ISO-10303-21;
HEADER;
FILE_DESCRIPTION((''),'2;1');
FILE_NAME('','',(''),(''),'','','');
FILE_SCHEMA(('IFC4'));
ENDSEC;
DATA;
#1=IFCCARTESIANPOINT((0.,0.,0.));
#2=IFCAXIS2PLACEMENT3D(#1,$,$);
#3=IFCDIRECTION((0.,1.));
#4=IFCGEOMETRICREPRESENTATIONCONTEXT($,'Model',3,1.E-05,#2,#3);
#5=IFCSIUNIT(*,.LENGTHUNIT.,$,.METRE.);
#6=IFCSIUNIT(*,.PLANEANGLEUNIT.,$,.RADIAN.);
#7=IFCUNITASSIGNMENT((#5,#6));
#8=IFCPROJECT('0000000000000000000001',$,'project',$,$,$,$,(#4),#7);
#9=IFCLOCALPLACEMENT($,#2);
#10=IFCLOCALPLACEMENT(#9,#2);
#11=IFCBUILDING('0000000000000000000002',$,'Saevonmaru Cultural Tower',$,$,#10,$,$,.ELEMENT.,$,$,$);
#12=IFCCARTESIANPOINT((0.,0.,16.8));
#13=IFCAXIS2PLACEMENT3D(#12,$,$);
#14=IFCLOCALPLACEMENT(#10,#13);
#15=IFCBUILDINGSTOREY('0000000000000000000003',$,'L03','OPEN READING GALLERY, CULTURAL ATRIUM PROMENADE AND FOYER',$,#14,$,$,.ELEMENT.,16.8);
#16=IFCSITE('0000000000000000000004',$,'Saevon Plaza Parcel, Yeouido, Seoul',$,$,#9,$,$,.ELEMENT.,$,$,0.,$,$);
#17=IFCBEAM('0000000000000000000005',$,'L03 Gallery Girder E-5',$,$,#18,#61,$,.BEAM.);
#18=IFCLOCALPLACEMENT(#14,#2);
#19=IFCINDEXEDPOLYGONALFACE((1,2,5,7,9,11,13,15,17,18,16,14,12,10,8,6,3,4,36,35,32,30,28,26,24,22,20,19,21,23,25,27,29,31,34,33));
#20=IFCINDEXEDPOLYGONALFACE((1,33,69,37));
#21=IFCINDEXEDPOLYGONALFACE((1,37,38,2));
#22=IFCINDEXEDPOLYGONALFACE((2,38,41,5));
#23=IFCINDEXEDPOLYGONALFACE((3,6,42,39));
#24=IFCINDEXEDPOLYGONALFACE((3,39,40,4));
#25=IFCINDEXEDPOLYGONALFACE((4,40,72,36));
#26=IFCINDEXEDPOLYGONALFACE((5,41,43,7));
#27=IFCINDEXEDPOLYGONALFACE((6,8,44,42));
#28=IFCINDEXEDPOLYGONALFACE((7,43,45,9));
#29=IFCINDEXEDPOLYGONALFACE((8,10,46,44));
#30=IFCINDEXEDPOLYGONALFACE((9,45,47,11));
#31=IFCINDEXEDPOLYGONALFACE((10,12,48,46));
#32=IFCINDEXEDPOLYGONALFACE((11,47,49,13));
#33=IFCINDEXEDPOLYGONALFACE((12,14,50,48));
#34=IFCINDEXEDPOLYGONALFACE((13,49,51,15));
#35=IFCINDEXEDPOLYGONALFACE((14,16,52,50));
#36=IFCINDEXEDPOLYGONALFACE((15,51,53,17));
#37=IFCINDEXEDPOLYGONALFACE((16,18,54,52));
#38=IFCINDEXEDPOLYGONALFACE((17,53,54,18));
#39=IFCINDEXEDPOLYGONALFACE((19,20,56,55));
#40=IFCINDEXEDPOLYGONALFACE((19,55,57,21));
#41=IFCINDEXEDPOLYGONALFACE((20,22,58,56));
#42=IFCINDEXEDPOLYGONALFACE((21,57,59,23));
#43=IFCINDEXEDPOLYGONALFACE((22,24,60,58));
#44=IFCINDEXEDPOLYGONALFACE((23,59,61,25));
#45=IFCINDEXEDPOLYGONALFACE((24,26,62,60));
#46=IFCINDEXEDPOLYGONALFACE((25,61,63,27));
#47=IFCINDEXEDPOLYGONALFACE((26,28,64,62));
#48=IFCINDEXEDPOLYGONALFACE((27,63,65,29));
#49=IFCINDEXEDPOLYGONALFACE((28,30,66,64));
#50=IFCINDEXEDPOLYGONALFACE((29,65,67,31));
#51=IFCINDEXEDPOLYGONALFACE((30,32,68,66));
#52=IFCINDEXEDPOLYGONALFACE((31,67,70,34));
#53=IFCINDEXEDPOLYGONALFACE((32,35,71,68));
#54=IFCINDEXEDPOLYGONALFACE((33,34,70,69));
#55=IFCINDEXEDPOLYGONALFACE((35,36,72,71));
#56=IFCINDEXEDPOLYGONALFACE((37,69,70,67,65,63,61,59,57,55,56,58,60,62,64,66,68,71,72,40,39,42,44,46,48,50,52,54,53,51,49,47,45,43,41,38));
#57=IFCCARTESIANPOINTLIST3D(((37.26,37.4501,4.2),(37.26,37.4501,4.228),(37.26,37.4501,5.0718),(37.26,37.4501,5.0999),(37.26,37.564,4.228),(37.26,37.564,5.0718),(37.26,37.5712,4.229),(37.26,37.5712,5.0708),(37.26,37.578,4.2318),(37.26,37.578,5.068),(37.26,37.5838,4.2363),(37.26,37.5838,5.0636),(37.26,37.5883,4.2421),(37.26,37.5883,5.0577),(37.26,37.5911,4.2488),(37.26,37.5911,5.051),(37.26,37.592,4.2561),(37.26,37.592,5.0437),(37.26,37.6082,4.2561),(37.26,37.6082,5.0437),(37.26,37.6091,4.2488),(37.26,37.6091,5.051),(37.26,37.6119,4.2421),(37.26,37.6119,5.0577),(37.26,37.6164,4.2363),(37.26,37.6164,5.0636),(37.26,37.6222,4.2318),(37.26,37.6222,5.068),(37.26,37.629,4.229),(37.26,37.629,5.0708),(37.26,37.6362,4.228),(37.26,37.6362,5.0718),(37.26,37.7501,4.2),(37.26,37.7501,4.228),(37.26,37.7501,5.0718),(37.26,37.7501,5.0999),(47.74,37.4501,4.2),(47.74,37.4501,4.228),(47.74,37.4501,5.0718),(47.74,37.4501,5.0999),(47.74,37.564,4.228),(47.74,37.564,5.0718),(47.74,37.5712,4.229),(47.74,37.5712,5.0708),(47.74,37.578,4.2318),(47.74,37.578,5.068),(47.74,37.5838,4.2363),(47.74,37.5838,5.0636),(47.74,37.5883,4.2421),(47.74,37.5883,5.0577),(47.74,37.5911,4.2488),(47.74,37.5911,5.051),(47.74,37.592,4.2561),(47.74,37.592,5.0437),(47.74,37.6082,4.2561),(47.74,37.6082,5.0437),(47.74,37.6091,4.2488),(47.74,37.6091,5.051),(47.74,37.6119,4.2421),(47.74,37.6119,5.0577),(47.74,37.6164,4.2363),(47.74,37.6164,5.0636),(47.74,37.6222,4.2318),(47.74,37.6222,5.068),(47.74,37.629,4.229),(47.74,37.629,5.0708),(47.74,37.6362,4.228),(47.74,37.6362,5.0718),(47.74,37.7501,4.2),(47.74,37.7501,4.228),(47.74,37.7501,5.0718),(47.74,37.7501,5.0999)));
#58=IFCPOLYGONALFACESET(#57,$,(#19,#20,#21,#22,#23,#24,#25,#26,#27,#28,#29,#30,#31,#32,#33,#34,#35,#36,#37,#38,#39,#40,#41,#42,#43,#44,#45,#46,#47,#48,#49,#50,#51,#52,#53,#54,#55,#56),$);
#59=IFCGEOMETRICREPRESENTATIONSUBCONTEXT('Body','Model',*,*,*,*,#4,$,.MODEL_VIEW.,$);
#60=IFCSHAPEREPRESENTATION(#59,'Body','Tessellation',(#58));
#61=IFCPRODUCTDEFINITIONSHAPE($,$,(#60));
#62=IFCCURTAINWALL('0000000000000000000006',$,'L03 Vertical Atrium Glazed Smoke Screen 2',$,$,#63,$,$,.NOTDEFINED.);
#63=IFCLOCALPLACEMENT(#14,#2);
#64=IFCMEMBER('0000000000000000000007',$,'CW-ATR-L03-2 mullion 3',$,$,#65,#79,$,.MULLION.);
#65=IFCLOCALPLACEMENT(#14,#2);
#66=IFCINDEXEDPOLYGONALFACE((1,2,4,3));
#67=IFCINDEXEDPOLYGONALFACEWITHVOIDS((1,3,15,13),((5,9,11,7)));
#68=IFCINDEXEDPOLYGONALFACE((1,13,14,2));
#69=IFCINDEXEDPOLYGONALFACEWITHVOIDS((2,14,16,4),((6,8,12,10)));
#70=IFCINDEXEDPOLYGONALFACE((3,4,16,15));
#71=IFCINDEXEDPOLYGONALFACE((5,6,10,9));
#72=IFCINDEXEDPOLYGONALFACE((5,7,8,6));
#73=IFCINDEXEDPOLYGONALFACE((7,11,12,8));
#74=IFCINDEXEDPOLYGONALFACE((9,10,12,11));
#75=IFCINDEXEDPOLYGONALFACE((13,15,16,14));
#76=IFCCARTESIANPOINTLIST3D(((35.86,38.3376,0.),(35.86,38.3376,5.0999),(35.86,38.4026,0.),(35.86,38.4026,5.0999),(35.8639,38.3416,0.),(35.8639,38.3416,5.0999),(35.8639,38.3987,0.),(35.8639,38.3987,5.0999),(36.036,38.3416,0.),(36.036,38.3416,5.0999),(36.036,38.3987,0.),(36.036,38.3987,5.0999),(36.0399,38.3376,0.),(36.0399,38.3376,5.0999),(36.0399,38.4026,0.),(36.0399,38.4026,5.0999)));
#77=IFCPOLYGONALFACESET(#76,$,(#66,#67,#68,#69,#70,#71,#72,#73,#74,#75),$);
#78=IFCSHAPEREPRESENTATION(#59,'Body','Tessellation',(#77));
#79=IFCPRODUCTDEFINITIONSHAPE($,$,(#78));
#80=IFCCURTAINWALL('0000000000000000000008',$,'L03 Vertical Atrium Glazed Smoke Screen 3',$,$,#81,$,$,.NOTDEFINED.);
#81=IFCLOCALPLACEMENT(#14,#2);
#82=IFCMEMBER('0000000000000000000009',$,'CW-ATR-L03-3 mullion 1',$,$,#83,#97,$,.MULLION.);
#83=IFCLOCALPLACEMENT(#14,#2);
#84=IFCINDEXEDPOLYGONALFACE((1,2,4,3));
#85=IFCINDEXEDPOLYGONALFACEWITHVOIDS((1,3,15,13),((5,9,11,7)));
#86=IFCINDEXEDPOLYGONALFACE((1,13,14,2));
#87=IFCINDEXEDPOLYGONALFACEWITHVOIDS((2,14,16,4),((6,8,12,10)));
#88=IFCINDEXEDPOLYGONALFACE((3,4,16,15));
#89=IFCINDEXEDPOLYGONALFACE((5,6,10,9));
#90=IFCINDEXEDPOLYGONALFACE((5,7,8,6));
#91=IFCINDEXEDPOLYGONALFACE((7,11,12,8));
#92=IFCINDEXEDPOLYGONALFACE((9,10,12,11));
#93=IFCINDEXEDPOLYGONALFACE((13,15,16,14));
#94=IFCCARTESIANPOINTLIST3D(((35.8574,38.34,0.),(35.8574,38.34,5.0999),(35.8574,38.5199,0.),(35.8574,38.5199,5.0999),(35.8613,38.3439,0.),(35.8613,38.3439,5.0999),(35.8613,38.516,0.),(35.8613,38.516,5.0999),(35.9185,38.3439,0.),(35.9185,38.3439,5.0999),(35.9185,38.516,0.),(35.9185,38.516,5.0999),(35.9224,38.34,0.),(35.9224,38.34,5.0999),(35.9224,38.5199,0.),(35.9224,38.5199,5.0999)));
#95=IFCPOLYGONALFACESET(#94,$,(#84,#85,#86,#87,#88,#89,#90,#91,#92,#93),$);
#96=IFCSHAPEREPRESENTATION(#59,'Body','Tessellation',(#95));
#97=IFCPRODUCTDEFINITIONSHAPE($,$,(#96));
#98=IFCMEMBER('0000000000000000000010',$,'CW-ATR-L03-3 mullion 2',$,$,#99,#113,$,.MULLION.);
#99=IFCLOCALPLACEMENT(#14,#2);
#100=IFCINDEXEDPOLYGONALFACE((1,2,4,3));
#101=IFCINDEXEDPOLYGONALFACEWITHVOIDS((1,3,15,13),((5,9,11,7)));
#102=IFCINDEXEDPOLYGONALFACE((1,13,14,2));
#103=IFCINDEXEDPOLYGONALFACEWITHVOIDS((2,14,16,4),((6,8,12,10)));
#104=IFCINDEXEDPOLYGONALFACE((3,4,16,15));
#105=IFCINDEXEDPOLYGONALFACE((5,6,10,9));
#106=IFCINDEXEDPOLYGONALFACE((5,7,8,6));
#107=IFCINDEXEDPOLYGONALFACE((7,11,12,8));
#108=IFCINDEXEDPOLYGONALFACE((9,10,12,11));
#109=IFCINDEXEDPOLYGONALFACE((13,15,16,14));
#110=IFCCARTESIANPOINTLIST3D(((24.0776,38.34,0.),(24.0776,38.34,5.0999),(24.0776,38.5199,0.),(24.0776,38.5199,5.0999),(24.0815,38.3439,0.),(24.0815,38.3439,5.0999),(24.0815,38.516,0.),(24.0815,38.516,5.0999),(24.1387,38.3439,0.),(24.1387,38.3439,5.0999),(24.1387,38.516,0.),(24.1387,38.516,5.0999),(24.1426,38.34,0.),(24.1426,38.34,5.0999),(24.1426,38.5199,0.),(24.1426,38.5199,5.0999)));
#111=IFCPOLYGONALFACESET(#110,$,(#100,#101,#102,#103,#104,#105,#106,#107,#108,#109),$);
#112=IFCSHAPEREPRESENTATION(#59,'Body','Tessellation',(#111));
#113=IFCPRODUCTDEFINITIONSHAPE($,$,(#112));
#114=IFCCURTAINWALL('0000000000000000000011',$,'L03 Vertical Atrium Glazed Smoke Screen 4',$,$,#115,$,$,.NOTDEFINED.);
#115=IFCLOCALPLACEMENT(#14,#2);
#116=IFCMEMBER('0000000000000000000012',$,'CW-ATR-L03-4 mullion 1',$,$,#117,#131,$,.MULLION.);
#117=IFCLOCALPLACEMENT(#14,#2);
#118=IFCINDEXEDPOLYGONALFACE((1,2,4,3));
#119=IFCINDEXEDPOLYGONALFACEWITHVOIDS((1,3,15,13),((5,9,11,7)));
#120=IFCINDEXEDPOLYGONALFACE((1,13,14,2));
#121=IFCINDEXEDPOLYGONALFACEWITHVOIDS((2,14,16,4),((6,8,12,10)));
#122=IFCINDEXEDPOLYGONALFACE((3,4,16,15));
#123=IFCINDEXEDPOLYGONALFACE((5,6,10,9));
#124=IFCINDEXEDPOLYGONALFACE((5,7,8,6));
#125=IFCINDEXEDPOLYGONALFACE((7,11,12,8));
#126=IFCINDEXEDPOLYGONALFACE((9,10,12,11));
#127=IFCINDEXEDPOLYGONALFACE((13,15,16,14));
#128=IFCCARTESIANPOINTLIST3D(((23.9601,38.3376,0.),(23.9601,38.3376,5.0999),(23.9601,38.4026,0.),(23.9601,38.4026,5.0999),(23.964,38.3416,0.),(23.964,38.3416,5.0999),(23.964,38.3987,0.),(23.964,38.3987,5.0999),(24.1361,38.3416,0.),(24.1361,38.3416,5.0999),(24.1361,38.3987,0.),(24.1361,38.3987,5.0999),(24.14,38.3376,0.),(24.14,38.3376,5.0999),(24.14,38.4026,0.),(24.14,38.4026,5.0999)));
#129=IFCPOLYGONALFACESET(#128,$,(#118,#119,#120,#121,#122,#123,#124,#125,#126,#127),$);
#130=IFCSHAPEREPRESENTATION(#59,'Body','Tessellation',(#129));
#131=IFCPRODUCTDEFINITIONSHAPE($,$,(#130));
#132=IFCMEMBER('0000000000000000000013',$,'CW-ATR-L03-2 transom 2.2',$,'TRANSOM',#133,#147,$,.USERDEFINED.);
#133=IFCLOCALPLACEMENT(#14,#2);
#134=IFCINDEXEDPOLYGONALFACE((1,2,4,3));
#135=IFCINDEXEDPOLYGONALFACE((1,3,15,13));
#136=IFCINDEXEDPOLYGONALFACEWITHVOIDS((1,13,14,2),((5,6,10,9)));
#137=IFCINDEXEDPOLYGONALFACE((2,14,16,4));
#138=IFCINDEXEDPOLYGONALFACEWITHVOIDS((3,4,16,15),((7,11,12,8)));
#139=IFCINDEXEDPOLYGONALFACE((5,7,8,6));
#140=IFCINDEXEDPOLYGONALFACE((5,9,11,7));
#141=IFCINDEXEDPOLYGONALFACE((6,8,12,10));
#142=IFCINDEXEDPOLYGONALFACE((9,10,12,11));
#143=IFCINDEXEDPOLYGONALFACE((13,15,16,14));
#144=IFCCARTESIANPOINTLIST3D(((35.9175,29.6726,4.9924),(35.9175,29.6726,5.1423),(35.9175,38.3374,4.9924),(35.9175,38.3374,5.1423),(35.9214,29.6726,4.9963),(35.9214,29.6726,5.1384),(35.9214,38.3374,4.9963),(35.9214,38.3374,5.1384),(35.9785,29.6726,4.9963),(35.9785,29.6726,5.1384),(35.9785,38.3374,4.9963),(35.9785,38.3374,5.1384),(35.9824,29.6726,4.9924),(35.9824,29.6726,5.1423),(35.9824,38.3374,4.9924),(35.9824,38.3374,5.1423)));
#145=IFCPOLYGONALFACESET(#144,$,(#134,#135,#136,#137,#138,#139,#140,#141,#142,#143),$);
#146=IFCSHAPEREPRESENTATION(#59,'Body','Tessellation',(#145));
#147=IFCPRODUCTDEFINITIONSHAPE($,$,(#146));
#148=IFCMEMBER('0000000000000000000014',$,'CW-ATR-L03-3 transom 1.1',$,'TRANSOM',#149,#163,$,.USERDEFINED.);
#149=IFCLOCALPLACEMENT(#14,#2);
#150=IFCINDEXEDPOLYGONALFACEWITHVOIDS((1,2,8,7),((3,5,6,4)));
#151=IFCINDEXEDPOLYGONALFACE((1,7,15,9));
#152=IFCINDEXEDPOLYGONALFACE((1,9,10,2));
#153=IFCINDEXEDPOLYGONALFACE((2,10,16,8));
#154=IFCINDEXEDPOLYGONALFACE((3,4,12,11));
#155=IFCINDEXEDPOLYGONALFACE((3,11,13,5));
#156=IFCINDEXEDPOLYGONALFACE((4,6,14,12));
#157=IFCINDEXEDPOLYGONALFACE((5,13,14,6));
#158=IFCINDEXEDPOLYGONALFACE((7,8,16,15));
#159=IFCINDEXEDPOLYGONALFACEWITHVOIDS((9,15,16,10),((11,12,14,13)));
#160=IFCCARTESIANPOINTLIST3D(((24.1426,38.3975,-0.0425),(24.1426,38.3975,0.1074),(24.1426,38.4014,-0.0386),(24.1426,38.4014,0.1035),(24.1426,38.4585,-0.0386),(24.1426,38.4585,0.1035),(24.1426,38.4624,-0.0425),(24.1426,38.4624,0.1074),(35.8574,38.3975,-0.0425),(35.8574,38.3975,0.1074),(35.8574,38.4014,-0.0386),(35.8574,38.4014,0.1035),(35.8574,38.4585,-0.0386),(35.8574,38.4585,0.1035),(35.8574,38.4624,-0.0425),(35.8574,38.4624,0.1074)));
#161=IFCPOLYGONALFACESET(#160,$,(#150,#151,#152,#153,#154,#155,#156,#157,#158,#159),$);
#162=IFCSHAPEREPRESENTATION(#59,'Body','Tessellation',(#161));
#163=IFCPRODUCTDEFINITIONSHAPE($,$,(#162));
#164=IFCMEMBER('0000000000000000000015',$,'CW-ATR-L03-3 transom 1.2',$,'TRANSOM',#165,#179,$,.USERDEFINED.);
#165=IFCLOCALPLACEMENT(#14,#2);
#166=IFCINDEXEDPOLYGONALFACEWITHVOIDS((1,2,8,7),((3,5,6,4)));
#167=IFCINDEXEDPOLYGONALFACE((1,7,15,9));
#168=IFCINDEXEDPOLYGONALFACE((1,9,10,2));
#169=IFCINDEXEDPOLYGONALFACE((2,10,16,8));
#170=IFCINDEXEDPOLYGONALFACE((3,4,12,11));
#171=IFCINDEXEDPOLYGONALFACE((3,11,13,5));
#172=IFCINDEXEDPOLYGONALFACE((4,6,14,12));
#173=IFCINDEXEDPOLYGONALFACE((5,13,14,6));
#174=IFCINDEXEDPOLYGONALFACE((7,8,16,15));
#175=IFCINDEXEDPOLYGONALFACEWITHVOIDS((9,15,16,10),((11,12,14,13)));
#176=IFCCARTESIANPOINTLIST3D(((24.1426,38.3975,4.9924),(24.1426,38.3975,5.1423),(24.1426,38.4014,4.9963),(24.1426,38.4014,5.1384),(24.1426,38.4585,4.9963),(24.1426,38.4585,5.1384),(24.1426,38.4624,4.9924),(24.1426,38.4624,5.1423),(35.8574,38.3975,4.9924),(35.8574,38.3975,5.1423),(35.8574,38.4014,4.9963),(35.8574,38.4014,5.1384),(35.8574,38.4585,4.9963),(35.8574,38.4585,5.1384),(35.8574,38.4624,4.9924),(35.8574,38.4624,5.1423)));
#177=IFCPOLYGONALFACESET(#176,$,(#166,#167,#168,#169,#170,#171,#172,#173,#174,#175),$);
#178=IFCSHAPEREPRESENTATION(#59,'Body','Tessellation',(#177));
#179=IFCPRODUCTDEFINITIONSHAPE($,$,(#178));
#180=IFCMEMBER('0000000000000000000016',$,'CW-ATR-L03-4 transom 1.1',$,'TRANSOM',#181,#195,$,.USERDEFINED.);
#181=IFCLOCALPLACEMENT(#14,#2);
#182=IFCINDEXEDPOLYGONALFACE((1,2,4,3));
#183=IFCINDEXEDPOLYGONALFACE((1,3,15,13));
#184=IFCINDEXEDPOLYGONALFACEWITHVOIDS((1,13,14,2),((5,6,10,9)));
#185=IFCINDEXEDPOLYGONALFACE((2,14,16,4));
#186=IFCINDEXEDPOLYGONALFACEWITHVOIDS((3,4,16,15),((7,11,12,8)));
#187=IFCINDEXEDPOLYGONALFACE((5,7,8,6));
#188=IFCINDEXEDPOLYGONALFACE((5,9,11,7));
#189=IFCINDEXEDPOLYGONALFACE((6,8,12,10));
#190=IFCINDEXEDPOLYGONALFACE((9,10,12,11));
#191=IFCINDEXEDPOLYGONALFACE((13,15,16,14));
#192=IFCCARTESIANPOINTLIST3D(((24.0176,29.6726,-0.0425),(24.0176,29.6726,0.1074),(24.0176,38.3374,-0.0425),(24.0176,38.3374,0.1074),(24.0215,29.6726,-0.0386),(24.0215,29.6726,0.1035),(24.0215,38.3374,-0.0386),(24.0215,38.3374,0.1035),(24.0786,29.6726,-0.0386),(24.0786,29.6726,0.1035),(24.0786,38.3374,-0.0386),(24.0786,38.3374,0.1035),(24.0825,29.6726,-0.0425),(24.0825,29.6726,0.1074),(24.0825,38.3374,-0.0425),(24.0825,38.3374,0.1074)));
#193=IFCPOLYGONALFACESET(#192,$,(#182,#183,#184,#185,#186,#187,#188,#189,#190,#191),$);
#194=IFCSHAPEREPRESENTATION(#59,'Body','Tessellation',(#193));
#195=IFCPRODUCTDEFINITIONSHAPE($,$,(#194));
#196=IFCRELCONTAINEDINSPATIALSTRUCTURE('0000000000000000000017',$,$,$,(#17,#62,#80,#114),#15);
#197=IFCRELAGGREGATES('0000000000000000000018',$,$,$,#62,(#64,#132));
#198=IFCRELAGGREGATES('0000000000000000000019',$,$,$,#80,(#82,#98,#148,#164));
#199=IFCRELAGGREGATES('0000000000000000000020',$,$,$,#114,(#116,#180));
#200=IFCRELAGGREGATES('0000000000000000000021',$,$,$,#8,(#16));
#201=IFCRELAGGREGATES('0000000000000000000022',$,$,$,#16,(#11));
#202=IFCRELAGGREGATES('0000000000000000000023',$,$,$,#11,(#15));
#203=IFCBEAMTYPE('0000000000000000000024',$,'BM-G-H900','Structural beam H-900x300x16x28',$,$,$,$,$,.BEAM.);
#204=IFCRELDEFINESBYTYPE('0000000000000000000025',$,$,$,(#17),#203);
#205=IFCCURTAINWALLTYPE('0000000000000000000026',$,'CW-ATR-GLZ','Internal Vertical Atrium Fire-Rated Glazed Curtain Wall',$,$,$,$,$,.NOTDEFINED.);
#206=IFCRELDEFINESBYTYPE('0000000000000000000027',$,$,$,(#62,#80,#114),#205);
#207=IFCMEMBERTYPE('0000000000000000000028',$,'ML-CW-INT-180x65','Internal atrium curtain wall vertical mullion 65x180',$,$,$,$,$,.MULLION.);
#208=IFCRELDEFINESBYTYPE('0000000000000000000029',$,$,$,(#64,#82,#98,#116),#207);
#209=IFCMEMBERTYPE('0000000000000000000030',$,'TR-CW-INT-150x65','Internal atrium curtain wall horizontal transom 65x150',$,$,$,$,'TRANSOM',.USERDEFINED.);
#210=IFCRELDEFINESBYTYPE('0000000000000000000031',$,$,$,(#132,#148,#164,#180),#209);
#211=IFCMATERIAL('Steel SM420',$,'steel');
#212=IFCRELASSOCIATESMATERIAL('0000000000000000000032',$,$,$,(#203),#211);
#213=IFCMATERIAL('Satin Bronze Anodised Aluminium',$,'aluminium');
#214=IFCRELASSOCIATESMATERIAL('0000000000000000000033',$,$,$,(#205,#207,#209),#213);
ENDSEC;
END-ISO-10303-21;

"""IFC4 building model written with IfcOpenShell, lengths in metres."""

from ifc_helpers import new_model, si_unit, direction, frame, origin, origin_2d, place, context, subcontext, project, spatial, hollow_rectangle, i_section, extrude, material, material_profile, profile_set, type_object, element, aggregate, save


model = new_model("IFC4")

# Units and contexts
model_context = context("Model", 3, precision=1e-05, world=origin(), true_north=direction((0.0, 1.0)))
body_context = subcontext(model_context, "Body", "Model", "MODEL_VIEW")
ifc_project = project(units=[si_unit("LENGTHUNIT", "METRE"), si_unit("PLANEANGLEUNIT", "RADIAN")], contexts=[model_context])

# Site, building, storey
site_placement = place(None, origin())
site = spatial("IfcSite", under=ifc_project, at=site_placement, Name="Saevon Plaza Parcel, Yeouido, Seoul", CompositionType="ELEMENT", RefElevation=0.0)
building_placement = place(site_placement, origin())
building = spatial("IfcBuilding", under=site, at=building_placement, Name="Saevonmaru Cultural Tower", CompositionType="ELEMENT")
storey_placement = place(building_placement, frame((0.0, 0.0, 16.8)))
storey = spatial("IfcBuildingStorey", under=building, at=storey_placement, Name="L03", Description="OPEN READING GALLERY, CULTURAL ATRIUM PROMENADE AND FOYER", CompositionType="ELEMENT", Elevation=16.8)

# Shared definitions
ifc_material_1 = material(Name="Steel SM420", Category="steel")

# Beam
ifc_material_profile_1 = material_profile(ifc_material_1, i_section(OverallWidth=0.3, OverallDepth=0.8999, WebThickness=0.0161, FlangeThickness=0.0281, FilletRadius=0.0281, at=origin_2d()), Name="H-900x300x16x28")
ifc_profile_set_1 = profile_set([ifc_material_profile_1], Name="Steel SM420")
beam_type_1 = type_object("IfcBeamType", Name="BM-G-H900", Description="Structural beam H-900x300x16x28", PredefinedType="BEAM", material=ifc_profile_set_1)
for number, where, z_axis, x_axis, name in (
    (1, (37.26, 37.6001, 4.6499), (1.0, 0.0, 0.0), (0.0, 1.0, 0.0), "L03 Gallery Girder E-5"),
):
    element("IfcBeam", number, at=place(storey_placement, frame(where, z_axis=z_axis, x_axis=x_axis)), inside=storey, type_object=beam_type_1, Name=name, PredefinedType="BEAM", context=body_context, shape_type="SweptSolid", body=[
        extrude(i_section(OverallWidth=0.3, OverallDepth=0.8999, WebThickness=0.0161, FlangeThickness=0.0281, FilletRadius=0.0281, at=origin_2d()), origin(), (0.0, 0.0, 1.0), 10.48),
    ])

# Curtain wall, member
ifc_material_2 = material(Name="Satin Bronze Anodised Aluminium", Category="aluminium")
curtain_wall_type = type_object("IfcCurtainWallType", Name="CW-ATR-GLZ", Description="Internal Vertical Atrium Fire-Rated Glazed Curtain Wall", PredefinedType="NOTDEFINED", material=ifc_material_2)
curtain_wall_1_placement = place(storey_placement, origin())
curtain_wall_1 = element("IfcCurtainWall", 2, at=curtain_wall_1_placement, inside=storey, type_object=curtain_wall_type, Name="L03 Vertical Atrium Glazed Smoke Screen 2", PredefinedType="NOTDEFINED")
ifc_material_profile_2 = material_profile(ifc_material_2, hollow_rectangle(XDim=0.0649, YDim=0.1799, WallThickness=0.0039, at=origin_2d()), Name="ALU-MULL-180x65x4")
ifc_profile_set_2 = profile_set([ifc_material_profile_2], Name="Satin Bronze Anodised Aluminium")
member_type_1 = type_object("IfcMemberType", Name="ML-CW-INT-180x65", Description="Internal atrium curtain wall vertical mullion 65x180", PredefinedType="MULLION", material=ifc_profile_set_2)
member_1_placement = place(storey_placement, frame((35.95, 38.3701, 0.0), z_axis=(0.0, 0.0, 1.0), x_axis=(0.0, 1.0, 0.0)))
member_1 = element("IfcMember", 3, at=member_1_placement, type_object=member_type_1, Name="CW-ATR-L03-2 mullion 3", PredefinedType="MULLION", context=body_context, shape_type="SweptSolid", body=[
    extrude(hollow_rectangle(XDim=0.0649, YDim=0.1799, WallThickness=0.0039, at=origin_2d()), origin(), (0.0, 0.0, 1.0), 5.0999),
])

# Curtain wall, members
curtain_wall_2_placement = place(storey_placement, origin())
curtain_wall_2 = element("IfcCurtainWall", 4, at=curtain_wall_2_placement, inside=storey, type_object=curtain_wall_type, Name="L03 Vertical Atrium Glazed Smoke Screen 3", PredefinedType="NOTDEFINED")
member_2_placement = place(storey_placement, frame((35.8899, 38.4299, 0.0), z_axis=(0.0, 0.0, 1.0), x_axis=(-1.0, 0.0, 0.0)))
member_2 = element("IfcMember", 5, at=member_2_placement, type_object=member_type_1, Name="CW-ATR-L03-3 mullion 1", PredefinedType="MULLION", context=body_context, shape_type="SweptSolid", body=[
    extrude(hollow_rectangle(XDim=0.0649, YDim=0.1799, WallThickness=0.0039, at=origin_2d()), origin(), (0.0, 0.0, 1.0), 5.0999),
])
member_3_placement = place(storey_placement, frame((24.1101, 38.4299, 0.0), z_axis=(0.0, 0.0, 1.0), x_axis=(-1.0, 0.0, 0.0)))
member_3 = element("IfcMember", 6, at=member_3_placement, type_object=member_type_1, Name="CW-ATR-L03-3 mullion 2", PredefinedType="MULLION", context=body_context, shape_type="SweptSolid", body=[
    extrude(hollow_rectangle(XDim=0.0649, YDim=0.1799, WallThickness=0.0039, at=origin_2d()), origin(), (0.0, 0.0, 1.0), 5.0999),
])

# Curtain wall, member
curtain_wall_3_placement = place(storey_placement, origin())
curtain_wall_3 = element("IfcCurtainWall", 7, at=curtain_wall_3_placement, inside=storey, type_object=curtain_wall_type, Name="L03 Vertical Atrium Glazed Smoke Screen 4", PredefinedType="NOTDEFINED")
member_4_placement = place(storey_placement, frame((24.05, 38.3701, 0.0), z_axis=(0.0, 0.0, 1.0), x_axis=(0.0, -1.0, 0.0)))
member_4 = element("IfcMember", 8, at=member_4_placement, type_object=member_type_1, Name="CW-ATR-L03-4 mullion 1", PredefinedType="MULLION", context=body_context, shape_type="SweptSolid", body=[
    extrude(hollow_rectangle(XDim=0.0649, YDim=0.1799, WallThickness=0.0039, at=origin_2d()), origin(), (0.0, 0.0, 1.0), 5.0999),
])

# Members
ifc_material_profile_3 = material_profile(ifc_material_2, hollow_rectangle(XDim=0.0649, YDim=0.1499, WallThickness=0.0039, at=origin_2d()), Name="ALU-TRAN-150x65x4")
ifc_profile_set_3 = profile_set([ifc_material_profile_3], Name="Satin Bronze Anodised Aluminium")
member_type_2 = type_object("IfcMemberType", Name="TR-CW-INT-150x65", Description="Internal atrium curtain wall horizontal transom 65x150", ElementType="TRANSOM", PredefinedType="USERDEFINED", material=ifc_profile_set_3)
member_5_placement = place(storey_placement, frame((35.95, 29.6726, 5.0674), z_axis=(0.0, 1.0, 0.0), x_axis=(-1.0, 0.0, 0.0)))
member_5 = element("IfcMember", 9, at=member_5_placement, type_object=member_type_2, Name="CW-ATR-L03-2 transom 2.2", ObjectType="TRANSOM", PredefinedType="USERDEFINED", context=body_context, shape_type="SweptSolid", body=[
    extrude(hollow_rectangle(XDim=0.0649, YDim=0.1499, WallThickness=0.0039, at=origin_2d()), origin(), (0.0, 0.0, 1.0), 8.6648),
])
member_6_placement = place(storey_placement, frame((35.8574, 38.4299, 0.0325), z_axis=(-1.0, 0.0, 0.0), x_axis=(0.0, -1.0, 0.0)))
member_6 = element("IfcMember", 10, at=member_6_placement, type_object=member_type_2, Name="CW-ATR-L03-3 transom 1.1", ObjectType="TRANSOM", PredefinedType="USERDEFINED", context=body_context, shape_type="SweptSolid", body=[
    extrude(hollow_rectangle(XDim=0.0649, YDim=0.1499, WallThickness=0.0039, at=origin_2d()), origin(), (0.0, 0.0, 1.0), 11.7148),
])
member_7_placement = place(storey_placement, frame((35.8574, 38.4299, 5.0674), z_axis=(-1.0, 0.0, 0.0), x_axis=(0.0, -1.0, 0.0)))
member_7 = element("IfcMember", 11, at=member_7_placement, type_object=member_type_2, Name="CW-ATR-L03-3 transom 1.2", ObjectType="TRANSOM", PredefinedType="USERDEFINED", context=body_context, shape_type="SweptSolid", body=[
    extrude(hollow_rectangle(XDim=0.0649, YDim=0.1499, WallThickness=0.0039, at=origin_2d()), origin(), (0.0, 0.0, 1.0), 11.7148),
])
member_8_placement = place(storey_placement, frame((24.05, 38.3374, 0.0325), z_axis=(0.0, -1.0, 0.0), x_axis=(1.0, 0.0, 0.0)))
member_8 = element("IfcMember", 12, at=member_8_placement, type_object=member_type_2, Name="CW-ATR-L03-4 transom 1.1", ObjectType="TRANSOM", PredefinedType="USERDEFINED", context=body_context, shape_type="SweptSolid", body=[
    extrude(hollow_rectangle(XDim=0.0649, YDim=0.1499, WallThickness=0.0039, at=origin_2d()), origin(), (0.0, 0.0, 1.0), 8.6648),
])

aggregate(curtain_wall_1, [member_1, member_5])
aggregate(curtain_wall_2, [member_2, member_3, member_6, member_7])
aggregate(curtain_wall_3, [member_4, member_8])

save(model, "model.ifc")
